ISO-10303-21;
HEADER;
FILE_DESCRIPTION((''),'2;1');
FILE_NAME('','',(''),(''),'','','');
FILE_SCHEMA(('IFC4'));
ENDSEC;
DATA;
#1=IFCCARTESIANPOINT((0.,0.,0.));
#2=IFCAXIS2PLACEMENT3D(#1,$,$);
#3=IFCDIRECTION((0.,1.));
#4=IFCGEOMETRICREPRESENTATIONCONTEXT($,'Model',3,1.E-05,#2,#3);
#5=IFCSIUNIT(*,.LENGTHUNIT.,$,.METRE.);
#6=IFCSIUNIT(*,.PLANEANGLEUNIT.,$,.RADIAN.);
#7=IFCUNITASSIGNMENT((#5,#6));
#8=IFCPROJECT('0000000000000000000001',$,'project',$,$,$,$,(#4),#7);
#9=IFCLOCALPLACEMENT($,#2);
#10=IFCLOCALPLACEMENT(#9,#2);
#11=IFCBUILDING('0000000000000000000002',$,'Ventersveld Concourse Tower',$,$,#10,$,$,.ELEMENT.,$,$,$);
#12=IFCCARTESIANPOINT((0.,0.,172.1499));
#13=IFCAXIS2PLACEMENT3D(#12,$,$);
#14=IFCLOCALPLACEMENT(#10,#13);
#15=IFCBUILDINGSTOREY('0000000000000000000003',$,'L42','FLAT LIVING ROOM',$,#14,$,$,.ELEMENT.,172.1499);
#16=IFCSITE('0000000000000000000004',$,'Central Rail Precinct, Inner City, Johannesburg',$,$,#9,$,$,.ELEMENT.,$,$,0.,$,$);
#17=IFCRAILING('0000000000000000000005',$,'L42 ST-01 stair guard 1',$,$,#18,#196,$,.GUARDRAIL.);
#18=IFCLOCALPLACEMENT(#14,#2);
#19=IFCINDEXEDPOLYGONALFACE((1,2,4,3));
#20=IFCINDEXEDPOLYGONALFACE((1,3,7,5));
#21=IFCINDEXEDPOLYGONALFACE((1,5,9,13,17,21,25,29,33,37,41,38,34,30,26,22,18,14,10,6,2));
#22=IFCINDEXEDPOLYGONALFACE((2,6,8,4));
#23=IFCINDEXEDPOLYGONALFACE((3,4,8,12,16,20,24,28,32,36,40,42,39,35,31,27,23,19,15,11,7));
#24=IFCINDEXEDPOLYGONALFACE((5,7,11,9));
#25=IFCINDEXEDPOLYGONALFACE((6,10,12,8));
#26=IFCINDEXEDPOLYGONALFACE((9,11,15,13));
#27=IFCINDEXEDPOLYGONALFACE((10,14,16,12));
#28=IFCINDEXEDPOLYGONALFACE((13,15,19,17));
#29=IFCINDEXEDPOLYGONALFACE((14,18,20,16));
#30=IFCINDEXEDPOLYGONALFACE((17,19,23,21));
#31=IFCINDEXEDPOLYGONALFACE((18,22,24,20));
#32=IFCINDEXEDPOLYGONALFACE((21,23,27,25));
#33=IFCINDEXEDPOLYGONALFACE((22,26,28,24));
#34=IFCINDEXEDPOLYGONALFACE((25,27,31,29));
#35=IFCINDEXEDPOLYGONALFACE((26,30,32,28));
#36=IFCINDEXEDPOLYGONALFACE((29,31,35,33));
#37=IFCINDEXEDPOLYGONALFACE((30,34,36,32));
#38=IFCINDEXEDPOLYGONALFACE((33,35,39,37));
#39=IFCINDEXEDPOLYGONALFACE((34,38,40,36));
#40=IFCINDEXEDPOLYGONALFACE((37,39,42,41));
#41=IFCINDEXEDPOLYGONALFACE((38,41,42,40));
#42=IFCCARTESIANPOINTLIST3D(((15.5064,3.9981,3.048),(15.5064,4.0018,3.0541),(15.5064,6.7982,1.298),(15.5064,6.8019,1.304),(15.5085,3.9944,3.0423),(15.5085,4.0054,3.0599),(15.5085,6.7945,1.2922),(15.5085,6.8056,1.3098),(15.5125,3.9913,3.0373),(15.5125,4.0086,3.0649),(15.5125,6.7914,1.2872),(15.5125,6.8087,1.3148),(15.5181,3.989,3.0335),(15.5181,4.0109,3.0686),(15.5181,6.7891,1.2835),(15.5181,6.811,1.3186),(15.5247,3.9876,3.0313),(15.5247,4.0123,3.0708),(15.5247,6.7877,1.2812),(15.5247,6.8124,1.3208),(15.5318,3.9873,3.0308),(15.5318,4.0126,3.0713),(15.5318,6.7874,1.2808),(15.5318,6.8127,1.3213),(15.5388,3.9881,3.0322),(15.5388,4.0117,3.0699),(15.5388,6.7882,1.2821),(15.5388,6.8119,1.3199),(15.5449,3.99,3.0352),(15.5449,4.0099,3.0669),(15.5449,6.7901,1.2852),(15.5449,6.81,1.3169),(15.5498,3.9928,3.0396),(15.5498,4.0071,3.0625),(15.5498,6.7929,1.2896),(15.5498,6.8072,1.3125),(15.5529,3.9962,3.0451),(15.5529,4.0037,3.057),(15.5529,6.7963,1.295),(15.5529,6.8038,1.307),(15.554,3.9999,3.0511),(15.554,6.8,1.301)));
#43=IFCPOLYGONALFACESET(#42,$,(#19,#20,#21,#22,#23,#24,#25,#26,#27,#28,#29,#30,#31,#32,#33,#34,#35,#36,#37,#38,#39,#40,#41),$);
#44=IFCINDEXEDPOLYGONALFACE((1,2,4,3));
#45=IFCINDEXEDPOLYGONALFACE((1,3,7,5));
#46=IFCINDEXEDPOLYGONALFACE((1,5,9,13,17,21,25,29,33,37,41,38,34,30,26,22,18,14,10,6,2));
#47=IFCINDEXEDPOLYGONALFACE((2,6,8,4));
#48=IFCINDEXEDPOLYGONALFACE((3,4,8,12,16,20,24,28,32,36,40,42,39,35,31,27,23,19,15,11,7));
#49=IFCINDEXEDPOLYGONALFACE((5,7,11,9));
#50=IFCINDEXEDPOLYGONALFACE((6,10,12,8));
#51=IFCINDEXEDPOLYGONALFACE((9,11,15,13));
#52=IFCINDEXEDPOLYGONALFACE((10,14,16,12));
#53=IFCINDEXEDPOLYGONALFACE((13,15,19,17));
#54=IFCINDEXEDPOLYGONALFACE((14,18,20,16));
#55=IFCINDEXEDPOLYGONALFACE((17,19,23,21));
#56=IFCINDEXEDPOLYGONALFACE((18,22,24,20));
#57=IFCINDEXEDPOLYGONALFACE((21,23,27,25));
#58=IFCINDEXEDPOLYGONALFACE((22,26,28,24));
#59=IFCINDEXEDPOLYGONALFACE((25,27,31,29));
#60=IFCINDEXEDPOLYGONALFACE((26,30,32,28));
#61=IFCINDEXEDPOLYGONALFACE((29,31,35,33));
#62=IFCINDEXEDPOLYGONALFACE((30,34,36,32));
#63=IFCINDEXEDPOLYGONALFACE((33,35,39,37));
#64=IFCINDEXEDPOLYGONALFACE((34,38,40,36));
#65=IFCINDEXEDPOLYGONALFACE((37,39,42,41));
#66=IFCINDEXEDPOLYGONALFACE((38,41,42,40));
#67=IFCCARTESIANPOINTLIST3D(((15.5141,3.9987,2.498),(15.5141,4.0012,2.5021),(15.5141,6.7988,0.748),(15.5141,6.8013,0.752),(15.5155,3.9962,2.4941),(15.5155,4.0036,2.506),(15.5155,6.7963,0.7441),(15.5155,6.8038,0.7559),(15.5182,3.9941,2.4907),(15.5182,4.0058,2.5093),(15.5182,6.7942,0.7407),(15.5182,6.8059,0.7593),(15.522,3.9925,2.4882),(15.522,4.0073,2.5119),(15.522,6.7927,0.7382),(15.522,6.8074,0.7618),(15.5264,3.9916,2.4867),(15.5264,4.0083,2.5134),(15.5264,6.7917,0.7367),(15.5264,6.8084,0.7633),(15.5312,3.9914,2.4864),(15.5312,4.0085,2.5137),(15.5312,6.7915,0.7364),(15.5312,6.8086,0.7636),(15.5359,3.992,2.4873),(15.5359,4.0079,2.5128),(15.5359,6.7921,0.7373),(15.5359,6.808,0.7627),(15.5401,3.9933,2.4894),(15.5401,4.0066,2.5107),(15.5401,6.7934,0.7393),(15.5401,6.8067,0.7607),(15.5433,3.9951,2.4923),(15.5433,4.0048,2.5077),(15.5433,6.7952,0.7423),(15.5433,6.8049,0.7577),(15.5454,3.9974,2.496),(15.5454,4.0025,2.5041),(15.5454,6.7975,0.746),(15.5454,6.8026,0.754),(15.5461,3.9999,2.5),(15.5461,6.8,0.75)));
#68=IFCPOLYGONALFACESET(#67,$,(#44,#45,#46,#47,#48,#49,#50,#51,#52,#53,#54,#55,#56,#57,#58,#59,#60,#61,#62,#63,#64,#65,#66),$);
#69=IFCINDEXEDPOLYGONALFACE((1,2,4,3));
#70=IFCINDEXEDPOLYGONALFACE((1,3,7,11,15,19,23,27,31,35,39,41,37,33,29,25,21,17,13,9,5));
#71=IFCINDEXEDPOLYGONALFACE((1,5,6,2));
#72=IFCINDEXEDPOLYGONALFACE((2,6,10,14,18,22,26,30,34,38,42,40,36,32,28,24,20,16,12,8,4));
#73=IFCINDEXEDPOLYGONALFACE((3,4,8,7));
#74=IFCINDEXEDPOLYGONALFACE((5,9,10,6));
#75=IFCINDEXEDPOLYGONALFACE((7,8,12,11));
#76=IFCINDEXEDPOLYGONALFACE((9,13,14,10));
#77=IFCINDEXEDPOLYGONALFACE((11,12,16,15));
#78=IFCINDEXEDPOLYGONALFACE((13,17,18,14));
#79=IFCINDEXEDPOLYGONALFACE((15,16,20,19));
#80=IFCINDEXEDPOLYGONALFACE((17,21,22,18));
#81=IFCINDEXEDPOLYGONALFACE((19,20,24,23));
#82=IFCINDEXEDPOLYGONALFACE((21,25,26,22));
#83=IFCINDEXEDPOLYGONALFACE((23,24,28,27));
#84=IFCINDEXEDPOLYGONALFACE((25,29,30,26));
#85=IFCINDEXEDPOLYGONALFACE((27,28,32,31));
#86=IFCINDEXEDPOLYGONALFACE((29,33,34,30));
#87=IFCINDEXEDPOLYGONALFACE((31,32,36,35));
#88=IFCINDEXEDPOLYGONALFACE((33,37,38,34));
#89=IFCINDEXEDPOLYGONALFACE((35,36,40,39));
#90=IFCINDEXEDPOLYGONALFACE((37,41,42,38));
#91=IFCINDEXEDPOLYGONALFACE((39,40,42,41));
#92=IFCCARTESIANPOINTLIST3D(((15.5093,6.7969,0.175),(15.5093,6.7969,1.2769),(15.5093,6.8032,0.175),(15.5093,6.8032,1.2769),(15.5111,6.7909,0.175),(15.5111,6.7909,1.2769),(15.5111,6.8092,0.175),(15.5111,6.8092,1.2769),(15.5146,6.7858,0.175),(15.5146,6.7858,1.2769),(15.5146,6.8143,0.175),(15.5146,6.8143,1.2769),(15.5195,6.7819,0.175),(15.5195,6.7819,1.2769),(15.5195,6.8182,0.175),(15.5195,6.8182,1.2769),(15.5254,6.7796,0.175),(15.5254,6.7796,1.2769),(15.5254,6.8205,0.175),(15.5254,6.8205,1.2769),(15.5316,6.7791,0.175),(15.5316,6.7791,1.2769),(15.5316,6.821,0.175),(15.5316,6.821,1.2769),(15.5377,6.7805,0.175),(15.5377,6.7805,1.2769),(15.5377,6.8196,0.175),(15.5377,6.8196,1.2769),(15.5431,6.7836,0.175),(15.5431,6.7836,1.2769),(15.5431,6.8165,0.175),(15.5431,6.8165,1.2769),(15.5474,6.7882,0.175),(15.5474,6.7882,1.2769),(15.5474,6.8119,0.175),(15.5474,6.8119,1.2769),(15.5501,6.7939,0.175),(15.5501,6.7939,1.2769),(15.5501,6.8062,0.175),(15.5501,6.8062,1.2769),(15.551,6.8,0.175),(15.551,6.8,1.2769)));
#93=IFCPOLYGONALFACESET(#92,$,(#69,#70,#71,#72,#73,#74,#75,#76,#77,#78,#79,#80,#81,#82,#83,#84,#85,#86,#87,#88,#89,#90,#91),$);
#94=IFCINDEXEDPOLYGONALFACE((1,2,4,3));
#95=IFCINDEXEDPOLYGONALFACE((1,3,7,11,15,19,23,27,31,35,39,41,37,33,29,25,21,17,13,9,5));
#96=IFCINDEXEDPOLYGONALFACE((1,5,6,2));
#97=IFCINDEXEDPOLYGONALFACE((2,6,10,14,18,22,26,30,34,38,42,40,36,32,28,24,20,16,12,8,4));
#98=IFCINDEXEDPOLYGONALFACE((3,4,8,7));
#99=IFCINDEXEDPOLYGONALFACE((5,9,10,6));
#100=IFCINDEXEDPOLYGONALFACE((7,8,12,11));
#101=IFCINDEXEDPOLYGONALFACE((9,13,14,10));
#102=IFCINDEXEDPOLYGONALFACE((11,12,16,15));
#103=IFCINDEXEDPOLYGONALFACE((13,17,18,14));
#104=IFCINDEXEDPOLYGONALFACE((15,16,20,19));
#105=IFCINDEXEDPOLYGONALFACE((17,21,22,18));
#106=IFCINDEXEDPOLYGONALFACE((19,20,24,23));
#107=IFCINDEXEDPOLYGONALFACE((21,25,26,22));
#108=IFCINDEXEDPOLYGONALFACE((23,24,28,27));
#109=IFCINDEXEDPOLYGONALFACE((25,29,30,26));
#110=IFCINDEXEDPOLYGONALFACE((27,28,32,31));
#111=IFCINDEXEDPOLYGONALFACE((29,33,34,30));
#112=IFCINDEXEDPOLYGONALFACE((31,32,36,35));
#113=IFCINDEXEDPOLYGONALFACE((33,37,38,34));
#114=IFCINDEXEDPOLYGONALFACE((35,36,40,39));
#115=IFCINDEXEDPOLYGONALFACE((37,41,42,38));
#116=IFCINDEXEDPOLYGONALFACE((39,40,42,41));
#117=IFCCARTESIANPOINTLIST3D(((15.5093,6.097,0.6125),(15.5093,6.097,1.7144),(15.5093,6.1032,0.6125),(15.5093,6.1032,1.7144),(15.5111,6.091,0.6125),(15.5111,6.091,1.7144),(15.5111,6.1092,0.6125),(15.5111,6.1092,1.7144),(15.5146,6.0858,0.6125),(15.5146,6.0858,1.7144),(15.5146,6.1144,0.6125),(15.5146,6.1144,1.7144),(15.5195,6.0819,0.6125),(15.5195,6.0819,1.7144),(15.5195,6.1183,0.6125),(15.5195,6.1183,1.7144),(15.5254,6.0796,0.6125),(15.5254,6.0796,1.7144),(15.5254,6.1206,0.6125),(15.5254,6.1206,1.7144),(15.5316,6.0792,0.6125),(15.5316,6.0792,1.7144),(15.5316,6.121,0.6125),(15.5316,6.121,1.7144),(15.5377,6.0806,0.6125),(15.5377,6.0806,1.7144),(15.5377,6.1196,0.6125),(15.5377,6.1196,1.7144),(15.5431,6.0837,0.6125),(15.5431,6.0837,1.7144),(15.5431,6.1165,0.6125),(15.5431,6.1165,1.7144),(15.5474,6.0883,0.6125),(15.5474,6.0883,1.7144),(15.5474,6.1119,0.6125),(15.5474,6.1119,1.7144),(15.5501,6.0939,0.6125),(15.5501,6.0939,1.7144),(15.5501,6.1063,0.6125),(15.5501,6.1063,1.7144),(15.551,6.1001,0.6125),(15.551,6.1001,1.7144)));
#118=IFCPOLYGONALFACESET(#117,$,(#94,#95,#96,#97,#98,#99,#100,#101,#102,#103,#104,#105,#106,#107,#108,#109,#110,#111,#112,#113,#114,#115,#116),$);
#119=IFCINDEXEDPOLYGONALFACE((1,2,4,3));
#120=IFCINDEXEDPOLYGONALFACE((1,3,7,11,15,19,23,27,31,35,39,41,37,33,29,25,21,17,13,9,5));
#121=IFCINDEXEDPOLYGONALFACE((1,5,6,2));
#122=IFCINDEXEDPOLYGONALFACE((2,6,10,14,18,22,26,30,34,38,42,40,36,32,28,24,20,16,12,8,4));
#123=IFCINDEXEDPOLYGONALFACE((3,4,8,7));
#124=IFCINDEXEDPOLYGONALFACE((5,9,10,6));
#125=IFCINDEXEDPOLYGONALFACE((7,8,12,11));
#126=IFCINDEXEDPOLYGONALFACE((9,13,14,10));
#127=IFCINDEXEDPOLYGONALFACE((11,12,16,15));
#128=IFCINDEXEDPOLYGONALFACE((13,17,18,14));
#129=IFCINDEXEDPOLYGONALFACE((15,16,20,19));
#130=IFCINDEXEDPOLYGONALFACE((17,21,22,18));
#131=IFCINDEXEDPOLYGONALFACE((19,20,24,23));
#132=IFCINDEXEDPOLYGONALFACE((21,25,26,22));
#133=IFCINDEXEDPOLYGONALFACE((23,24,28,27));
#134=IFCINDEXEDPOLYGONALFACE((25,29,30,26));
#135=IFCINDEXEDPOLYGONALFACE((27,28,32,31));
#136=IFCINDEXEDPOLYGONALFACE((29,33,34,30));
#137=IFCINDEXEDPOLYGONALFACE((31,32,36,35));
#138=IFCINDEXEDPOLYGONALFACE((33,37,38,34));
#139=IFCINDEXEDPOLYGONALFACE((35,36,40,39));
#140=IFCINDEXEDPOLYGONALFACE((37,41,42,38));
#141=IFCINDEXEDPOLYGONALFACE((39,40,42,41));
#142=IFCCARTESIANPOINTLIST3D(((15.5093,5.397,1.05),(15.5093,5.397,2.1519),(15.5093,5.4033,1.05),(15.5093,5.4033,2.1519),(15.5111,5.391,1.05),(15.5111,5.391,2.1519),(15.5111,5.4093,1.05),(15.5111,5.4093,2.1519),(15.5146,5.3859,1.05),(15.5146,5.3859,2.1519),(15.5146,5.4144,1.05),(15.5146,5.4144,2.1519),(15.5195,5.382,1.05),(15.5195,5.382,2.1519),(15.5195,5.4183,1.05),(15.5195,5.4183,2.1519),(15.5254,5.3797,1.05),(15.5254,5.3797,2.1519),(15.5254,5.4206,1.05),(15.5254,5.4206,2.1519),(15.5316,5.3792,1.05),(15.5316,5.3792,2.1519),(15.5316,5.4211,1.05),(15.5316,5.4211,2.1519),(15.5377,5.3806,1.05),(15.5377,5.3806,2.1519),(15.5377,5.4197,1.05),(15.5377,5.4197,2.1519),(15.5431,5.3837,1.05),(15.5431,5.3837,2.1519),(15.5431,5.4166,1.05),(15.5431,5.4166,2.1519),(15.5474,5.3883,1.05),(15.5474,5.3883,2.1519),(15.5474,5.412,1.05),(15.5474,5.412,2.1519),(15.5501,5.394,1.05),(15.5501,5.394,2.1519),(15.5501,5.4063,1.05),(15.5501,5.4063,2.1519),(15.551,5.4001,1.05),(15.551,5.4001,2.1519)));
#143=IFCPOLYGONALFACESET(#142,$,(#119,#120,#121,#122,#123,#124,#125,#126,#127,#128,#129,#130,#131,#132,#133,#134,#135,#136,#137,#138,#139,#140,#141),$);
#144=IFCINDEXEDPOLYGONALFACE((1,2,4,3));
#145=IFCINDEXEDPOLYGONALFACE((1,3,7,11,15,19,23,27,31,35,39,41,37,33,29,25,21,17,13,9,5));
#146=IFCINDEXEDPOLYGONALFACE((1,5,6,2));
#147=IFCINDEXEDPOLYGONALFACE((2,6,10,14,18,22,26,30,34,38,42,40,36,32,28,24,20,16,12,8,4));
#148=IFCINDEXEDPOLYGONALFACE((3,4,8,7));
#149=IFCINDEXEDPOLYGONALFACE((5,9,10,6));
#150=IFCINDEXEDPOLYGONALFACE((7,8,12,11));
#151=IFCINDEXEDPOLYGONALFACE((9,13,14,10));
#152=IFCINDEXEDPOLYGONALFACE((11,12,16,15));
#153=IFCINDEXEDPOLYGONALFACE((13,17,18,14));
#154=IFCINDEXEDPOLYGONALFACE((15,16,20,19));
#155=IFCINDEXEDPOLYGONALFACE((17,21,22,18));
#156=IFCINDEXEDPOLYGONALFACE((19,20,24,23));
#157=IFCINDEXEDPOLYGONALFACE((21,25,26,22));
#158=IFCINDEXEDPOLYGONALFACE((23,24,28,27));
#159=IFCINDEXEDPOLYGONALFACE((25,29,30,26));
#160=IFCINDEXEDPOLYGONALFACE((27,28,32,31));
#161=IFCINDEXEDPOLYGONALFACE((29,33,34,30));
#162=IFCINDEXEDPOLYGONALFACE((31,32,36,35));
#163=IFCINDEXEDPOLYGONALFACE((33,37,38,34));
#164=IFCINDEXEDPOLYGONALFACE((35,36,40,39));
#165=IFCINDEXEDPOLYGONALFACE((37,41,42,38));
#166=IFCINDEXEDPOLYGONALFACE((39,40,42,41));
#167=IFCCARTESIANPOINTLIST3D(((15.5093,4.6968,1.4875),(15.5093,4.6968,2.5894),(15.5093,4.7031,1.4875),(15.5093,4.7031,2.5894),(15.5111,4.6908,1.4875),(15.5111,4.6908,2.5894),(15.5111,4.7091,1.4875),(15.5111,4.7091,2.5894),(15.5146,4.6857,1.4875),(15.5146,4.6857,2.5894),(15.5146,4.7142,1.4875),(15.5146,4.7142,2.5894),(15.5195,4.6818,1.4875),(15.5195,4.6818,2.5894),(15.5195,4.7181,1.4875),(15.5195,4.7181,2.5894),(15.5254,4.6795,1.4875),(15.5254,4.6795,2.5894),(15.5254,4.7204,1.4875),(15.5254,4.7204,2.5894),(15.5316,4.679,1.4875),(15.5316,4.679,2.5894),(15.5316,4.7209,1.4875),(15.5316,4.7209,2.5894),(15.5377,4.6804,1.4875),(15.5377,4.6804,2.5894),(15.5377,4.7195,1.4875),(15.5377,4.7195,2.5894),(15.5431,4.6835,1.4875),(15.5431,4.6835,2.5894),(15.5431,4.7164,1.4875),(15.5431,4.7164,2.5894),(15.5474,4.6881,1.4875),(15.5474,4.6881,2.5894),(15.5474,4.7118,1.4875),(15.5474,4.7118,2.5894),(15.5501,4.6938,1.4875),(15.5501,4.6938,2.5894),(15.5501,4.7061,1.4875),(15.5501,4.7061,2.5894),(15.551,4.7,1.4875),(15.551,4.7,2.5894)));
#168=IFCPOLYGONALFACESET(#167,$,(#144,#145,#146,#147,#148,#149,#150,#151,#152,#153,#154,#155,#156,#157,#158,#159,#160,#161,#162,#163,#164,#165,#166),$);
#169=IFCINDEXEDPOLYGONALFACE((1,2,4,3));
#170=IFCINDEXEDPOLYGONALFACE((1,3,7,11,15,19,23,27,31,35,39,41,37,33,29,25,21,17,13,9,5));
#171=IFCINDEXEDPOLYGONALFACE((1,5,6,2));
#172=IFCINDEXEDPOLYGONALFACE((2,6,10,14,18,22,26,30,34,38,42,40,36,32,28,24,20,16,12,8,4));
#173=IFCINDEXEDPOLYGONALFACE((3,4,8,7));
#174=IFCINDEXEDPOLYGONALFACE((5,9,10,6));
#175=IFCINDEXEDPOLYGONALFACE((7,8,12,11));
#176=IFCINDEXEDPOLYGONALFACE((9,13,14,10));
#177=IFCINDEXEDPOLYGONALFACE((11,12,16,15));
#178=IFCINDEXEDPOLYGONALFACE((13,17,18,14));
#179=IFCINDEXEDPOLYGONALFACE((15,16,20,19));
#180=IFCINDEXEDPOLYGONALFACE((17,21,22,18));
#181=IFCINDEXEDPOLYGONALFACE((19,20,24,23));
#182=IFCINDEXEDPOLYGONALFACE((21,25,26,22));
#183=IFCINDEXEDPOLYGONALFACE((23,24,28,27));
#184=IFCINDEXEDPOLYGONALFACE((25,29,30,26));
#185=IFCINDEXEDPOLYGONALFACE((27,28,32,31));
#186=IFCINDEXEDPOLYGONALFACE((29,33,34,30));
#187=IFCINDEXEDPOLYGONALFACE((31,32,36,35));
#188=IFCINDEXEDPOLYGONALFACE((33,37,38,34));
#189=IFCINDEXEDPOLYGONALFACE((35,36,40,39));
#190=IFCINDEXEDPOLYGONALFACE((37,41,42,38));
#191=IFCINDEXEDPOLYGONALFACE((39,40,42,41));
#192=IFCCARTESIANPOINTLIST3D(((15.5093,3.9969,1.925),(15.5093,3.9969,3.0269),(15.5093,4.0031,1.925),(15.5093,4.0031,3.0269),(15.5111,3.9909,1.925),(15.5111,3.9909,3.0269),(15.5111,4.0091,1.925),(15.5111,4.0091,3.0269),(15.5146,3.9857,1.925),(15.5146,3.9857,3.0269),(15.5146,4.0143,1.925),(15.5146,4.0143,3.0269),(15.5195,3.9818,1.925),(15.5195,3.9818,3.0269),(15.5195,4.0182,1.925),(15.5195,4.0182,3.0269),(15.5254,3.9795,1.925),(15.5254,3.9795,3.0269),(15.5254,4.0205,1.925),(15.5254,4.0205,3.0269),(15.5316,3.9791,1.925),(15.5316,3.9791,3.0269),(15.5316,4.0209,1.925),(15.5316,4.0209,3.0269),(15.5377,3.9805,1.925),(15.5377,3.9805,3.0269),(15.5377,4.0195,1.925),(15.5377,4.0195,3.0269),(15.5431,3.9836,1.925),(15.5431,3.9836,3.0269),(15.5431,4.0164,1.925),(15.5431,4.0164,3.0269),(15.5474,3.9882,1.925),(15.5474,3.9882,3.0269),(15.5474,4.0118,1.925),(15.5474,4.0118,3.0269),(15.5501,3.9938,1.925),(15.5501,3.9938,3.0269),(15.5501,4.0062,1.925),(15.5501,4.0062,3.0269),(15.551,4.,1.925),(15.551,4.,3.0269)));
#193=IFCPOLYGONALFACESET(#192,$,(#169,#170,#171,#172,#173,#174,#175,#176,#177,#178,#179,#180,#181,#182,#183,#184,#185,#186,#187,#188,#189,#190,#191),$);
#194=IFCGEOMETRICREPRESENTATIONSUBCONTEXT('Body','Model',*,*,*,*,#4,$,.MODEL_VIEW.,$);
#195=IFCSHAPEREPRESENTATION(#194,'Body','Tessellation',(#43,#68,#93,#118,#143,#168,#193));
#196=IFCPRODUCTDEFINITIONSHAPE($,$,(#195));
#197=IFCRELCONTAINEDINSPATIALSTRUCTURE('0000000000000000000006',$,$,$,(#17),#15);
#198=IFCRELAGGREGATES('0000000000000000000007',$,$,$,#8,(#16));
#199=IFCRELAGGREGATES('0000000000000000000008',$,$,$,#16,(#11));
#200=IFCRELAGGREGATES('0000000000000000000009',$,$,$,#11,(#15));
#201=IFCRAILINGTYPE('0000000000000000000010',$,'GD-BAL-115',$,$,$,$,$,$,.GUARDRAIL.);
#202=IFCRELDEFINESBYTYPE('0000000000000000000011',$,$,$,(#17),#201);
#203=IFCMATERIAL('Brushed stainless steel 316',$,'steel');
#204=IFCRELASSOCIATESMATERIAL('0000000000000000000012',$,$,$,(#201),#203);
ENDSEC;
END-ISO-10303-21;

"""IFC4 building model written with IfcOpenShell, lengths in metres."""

from ifc_helpers import new_model, si_unit, direction, frame, origin, origin_2d, place, context, subcontext, project, spatial, circle, extrude, material, type_object, element, save


model = new_model("IFC4")

# Units and contexts
model_context = context("Model", 3, precision=1e-05, world=origin(), true_north=direction((0.0, 1.0)))
body_context = subcontext(model_context, "Body", "Model", "MODEL_VIEW")
ifc_project = project(units=[si_unit("LENGTHUNIT", "METRE"), si_unit("PLANEANGLEUNIT", "RADIAN")], contexts=[model_context])

# Site, building, storey
site_placement = place(None, origin())
site = spatial("IfcSite", under=ifc_project, at=site_placement, Name="Central Rail Precinct, Inner City, Johannesburg", CompositionType="ELEMENT", RefElevation=0.0)
building_placement = place(site_placement, origin())
building = spatial("IfcBuilding", under=site, at=building_placement, Name="Ventersveld Concourse Tower", CompositionType="ELEMENT")
storey_placement = place(building_placement, frame((0.0, 0.0, 172.1499)))
storey = spatial("IfcBuildingStorey", under=building, at=storey_placement, Name="L42", Description="FLAT LIVING ROOM", CompositionType="ELEMENT", Elevation=172.1499)

# Shared definitions
ifc_material_1 = material(Name="Brushed stainless steel 316", Category="steel")

# Railing
railing_type = type_object("IfcRailingType", Name="GD-BAL-115", PredefinedType="GUARDRAIL", material=ifc_material_1)
railing_1_placement = place(storey_placement, frame((15.53, 6.8, 0.175)))
element("IfcRailing", 1, at=railing_1_placement, inside=storey, type_object=railing_type, Name="L42 ST-01 stair guard 1", PredefinedType="GUARDRAIL", context=body_context, shape_type="SweptSolid", body=[
    extrude(circle(Radius=0.0239, at=origin_2d()), frame((0.0, 0.0, 1.126), z_axis=(0.0, -0.848002, 0.529992), x_axis=(1.0, 0.0, 0.0)), (0.0, 0.0, 1.0), 3.302),
    extrude(circle(Radius=0.0161, at=origin_2d()), frame((0.0, 0.0, 0.575), z_axis=(0.0, -0.848002, 0.529992), x_axis=(1.0, 0.0, 0.0)), (0.0, 0.0, 1.0), 3.302),
    extrude(circle(Radius=0.021, at=origin_2d()), origin(), (0.0, 0.0, 1.0), 1.1018),
    extrude(circle(Radius=0.021, at=origin_2d()), frame((0.0, -0.7, 0.4375)), (0.0, 0.0, 1.0), 1.1018),
    extrude(circle(Radius=0.021, at=origin_2d()), frame((0.0, -1.3999, 0.875)), (0.0, 0.0, 1.0), 1.1018),
    extrude(circle(Radius=0.021, at=origin_2d()), frame((0.0, -2.1001, 1.3125)), (0.0, 0.0, 1.0), 1.1018),
    extrude(circle(Radius=0.021, at=origin_2d()), frame((0.0, -2.8, 1.75)), (0.0, 0.0, 1.0), 1.1018),
])

save(model, "model.ifc")
